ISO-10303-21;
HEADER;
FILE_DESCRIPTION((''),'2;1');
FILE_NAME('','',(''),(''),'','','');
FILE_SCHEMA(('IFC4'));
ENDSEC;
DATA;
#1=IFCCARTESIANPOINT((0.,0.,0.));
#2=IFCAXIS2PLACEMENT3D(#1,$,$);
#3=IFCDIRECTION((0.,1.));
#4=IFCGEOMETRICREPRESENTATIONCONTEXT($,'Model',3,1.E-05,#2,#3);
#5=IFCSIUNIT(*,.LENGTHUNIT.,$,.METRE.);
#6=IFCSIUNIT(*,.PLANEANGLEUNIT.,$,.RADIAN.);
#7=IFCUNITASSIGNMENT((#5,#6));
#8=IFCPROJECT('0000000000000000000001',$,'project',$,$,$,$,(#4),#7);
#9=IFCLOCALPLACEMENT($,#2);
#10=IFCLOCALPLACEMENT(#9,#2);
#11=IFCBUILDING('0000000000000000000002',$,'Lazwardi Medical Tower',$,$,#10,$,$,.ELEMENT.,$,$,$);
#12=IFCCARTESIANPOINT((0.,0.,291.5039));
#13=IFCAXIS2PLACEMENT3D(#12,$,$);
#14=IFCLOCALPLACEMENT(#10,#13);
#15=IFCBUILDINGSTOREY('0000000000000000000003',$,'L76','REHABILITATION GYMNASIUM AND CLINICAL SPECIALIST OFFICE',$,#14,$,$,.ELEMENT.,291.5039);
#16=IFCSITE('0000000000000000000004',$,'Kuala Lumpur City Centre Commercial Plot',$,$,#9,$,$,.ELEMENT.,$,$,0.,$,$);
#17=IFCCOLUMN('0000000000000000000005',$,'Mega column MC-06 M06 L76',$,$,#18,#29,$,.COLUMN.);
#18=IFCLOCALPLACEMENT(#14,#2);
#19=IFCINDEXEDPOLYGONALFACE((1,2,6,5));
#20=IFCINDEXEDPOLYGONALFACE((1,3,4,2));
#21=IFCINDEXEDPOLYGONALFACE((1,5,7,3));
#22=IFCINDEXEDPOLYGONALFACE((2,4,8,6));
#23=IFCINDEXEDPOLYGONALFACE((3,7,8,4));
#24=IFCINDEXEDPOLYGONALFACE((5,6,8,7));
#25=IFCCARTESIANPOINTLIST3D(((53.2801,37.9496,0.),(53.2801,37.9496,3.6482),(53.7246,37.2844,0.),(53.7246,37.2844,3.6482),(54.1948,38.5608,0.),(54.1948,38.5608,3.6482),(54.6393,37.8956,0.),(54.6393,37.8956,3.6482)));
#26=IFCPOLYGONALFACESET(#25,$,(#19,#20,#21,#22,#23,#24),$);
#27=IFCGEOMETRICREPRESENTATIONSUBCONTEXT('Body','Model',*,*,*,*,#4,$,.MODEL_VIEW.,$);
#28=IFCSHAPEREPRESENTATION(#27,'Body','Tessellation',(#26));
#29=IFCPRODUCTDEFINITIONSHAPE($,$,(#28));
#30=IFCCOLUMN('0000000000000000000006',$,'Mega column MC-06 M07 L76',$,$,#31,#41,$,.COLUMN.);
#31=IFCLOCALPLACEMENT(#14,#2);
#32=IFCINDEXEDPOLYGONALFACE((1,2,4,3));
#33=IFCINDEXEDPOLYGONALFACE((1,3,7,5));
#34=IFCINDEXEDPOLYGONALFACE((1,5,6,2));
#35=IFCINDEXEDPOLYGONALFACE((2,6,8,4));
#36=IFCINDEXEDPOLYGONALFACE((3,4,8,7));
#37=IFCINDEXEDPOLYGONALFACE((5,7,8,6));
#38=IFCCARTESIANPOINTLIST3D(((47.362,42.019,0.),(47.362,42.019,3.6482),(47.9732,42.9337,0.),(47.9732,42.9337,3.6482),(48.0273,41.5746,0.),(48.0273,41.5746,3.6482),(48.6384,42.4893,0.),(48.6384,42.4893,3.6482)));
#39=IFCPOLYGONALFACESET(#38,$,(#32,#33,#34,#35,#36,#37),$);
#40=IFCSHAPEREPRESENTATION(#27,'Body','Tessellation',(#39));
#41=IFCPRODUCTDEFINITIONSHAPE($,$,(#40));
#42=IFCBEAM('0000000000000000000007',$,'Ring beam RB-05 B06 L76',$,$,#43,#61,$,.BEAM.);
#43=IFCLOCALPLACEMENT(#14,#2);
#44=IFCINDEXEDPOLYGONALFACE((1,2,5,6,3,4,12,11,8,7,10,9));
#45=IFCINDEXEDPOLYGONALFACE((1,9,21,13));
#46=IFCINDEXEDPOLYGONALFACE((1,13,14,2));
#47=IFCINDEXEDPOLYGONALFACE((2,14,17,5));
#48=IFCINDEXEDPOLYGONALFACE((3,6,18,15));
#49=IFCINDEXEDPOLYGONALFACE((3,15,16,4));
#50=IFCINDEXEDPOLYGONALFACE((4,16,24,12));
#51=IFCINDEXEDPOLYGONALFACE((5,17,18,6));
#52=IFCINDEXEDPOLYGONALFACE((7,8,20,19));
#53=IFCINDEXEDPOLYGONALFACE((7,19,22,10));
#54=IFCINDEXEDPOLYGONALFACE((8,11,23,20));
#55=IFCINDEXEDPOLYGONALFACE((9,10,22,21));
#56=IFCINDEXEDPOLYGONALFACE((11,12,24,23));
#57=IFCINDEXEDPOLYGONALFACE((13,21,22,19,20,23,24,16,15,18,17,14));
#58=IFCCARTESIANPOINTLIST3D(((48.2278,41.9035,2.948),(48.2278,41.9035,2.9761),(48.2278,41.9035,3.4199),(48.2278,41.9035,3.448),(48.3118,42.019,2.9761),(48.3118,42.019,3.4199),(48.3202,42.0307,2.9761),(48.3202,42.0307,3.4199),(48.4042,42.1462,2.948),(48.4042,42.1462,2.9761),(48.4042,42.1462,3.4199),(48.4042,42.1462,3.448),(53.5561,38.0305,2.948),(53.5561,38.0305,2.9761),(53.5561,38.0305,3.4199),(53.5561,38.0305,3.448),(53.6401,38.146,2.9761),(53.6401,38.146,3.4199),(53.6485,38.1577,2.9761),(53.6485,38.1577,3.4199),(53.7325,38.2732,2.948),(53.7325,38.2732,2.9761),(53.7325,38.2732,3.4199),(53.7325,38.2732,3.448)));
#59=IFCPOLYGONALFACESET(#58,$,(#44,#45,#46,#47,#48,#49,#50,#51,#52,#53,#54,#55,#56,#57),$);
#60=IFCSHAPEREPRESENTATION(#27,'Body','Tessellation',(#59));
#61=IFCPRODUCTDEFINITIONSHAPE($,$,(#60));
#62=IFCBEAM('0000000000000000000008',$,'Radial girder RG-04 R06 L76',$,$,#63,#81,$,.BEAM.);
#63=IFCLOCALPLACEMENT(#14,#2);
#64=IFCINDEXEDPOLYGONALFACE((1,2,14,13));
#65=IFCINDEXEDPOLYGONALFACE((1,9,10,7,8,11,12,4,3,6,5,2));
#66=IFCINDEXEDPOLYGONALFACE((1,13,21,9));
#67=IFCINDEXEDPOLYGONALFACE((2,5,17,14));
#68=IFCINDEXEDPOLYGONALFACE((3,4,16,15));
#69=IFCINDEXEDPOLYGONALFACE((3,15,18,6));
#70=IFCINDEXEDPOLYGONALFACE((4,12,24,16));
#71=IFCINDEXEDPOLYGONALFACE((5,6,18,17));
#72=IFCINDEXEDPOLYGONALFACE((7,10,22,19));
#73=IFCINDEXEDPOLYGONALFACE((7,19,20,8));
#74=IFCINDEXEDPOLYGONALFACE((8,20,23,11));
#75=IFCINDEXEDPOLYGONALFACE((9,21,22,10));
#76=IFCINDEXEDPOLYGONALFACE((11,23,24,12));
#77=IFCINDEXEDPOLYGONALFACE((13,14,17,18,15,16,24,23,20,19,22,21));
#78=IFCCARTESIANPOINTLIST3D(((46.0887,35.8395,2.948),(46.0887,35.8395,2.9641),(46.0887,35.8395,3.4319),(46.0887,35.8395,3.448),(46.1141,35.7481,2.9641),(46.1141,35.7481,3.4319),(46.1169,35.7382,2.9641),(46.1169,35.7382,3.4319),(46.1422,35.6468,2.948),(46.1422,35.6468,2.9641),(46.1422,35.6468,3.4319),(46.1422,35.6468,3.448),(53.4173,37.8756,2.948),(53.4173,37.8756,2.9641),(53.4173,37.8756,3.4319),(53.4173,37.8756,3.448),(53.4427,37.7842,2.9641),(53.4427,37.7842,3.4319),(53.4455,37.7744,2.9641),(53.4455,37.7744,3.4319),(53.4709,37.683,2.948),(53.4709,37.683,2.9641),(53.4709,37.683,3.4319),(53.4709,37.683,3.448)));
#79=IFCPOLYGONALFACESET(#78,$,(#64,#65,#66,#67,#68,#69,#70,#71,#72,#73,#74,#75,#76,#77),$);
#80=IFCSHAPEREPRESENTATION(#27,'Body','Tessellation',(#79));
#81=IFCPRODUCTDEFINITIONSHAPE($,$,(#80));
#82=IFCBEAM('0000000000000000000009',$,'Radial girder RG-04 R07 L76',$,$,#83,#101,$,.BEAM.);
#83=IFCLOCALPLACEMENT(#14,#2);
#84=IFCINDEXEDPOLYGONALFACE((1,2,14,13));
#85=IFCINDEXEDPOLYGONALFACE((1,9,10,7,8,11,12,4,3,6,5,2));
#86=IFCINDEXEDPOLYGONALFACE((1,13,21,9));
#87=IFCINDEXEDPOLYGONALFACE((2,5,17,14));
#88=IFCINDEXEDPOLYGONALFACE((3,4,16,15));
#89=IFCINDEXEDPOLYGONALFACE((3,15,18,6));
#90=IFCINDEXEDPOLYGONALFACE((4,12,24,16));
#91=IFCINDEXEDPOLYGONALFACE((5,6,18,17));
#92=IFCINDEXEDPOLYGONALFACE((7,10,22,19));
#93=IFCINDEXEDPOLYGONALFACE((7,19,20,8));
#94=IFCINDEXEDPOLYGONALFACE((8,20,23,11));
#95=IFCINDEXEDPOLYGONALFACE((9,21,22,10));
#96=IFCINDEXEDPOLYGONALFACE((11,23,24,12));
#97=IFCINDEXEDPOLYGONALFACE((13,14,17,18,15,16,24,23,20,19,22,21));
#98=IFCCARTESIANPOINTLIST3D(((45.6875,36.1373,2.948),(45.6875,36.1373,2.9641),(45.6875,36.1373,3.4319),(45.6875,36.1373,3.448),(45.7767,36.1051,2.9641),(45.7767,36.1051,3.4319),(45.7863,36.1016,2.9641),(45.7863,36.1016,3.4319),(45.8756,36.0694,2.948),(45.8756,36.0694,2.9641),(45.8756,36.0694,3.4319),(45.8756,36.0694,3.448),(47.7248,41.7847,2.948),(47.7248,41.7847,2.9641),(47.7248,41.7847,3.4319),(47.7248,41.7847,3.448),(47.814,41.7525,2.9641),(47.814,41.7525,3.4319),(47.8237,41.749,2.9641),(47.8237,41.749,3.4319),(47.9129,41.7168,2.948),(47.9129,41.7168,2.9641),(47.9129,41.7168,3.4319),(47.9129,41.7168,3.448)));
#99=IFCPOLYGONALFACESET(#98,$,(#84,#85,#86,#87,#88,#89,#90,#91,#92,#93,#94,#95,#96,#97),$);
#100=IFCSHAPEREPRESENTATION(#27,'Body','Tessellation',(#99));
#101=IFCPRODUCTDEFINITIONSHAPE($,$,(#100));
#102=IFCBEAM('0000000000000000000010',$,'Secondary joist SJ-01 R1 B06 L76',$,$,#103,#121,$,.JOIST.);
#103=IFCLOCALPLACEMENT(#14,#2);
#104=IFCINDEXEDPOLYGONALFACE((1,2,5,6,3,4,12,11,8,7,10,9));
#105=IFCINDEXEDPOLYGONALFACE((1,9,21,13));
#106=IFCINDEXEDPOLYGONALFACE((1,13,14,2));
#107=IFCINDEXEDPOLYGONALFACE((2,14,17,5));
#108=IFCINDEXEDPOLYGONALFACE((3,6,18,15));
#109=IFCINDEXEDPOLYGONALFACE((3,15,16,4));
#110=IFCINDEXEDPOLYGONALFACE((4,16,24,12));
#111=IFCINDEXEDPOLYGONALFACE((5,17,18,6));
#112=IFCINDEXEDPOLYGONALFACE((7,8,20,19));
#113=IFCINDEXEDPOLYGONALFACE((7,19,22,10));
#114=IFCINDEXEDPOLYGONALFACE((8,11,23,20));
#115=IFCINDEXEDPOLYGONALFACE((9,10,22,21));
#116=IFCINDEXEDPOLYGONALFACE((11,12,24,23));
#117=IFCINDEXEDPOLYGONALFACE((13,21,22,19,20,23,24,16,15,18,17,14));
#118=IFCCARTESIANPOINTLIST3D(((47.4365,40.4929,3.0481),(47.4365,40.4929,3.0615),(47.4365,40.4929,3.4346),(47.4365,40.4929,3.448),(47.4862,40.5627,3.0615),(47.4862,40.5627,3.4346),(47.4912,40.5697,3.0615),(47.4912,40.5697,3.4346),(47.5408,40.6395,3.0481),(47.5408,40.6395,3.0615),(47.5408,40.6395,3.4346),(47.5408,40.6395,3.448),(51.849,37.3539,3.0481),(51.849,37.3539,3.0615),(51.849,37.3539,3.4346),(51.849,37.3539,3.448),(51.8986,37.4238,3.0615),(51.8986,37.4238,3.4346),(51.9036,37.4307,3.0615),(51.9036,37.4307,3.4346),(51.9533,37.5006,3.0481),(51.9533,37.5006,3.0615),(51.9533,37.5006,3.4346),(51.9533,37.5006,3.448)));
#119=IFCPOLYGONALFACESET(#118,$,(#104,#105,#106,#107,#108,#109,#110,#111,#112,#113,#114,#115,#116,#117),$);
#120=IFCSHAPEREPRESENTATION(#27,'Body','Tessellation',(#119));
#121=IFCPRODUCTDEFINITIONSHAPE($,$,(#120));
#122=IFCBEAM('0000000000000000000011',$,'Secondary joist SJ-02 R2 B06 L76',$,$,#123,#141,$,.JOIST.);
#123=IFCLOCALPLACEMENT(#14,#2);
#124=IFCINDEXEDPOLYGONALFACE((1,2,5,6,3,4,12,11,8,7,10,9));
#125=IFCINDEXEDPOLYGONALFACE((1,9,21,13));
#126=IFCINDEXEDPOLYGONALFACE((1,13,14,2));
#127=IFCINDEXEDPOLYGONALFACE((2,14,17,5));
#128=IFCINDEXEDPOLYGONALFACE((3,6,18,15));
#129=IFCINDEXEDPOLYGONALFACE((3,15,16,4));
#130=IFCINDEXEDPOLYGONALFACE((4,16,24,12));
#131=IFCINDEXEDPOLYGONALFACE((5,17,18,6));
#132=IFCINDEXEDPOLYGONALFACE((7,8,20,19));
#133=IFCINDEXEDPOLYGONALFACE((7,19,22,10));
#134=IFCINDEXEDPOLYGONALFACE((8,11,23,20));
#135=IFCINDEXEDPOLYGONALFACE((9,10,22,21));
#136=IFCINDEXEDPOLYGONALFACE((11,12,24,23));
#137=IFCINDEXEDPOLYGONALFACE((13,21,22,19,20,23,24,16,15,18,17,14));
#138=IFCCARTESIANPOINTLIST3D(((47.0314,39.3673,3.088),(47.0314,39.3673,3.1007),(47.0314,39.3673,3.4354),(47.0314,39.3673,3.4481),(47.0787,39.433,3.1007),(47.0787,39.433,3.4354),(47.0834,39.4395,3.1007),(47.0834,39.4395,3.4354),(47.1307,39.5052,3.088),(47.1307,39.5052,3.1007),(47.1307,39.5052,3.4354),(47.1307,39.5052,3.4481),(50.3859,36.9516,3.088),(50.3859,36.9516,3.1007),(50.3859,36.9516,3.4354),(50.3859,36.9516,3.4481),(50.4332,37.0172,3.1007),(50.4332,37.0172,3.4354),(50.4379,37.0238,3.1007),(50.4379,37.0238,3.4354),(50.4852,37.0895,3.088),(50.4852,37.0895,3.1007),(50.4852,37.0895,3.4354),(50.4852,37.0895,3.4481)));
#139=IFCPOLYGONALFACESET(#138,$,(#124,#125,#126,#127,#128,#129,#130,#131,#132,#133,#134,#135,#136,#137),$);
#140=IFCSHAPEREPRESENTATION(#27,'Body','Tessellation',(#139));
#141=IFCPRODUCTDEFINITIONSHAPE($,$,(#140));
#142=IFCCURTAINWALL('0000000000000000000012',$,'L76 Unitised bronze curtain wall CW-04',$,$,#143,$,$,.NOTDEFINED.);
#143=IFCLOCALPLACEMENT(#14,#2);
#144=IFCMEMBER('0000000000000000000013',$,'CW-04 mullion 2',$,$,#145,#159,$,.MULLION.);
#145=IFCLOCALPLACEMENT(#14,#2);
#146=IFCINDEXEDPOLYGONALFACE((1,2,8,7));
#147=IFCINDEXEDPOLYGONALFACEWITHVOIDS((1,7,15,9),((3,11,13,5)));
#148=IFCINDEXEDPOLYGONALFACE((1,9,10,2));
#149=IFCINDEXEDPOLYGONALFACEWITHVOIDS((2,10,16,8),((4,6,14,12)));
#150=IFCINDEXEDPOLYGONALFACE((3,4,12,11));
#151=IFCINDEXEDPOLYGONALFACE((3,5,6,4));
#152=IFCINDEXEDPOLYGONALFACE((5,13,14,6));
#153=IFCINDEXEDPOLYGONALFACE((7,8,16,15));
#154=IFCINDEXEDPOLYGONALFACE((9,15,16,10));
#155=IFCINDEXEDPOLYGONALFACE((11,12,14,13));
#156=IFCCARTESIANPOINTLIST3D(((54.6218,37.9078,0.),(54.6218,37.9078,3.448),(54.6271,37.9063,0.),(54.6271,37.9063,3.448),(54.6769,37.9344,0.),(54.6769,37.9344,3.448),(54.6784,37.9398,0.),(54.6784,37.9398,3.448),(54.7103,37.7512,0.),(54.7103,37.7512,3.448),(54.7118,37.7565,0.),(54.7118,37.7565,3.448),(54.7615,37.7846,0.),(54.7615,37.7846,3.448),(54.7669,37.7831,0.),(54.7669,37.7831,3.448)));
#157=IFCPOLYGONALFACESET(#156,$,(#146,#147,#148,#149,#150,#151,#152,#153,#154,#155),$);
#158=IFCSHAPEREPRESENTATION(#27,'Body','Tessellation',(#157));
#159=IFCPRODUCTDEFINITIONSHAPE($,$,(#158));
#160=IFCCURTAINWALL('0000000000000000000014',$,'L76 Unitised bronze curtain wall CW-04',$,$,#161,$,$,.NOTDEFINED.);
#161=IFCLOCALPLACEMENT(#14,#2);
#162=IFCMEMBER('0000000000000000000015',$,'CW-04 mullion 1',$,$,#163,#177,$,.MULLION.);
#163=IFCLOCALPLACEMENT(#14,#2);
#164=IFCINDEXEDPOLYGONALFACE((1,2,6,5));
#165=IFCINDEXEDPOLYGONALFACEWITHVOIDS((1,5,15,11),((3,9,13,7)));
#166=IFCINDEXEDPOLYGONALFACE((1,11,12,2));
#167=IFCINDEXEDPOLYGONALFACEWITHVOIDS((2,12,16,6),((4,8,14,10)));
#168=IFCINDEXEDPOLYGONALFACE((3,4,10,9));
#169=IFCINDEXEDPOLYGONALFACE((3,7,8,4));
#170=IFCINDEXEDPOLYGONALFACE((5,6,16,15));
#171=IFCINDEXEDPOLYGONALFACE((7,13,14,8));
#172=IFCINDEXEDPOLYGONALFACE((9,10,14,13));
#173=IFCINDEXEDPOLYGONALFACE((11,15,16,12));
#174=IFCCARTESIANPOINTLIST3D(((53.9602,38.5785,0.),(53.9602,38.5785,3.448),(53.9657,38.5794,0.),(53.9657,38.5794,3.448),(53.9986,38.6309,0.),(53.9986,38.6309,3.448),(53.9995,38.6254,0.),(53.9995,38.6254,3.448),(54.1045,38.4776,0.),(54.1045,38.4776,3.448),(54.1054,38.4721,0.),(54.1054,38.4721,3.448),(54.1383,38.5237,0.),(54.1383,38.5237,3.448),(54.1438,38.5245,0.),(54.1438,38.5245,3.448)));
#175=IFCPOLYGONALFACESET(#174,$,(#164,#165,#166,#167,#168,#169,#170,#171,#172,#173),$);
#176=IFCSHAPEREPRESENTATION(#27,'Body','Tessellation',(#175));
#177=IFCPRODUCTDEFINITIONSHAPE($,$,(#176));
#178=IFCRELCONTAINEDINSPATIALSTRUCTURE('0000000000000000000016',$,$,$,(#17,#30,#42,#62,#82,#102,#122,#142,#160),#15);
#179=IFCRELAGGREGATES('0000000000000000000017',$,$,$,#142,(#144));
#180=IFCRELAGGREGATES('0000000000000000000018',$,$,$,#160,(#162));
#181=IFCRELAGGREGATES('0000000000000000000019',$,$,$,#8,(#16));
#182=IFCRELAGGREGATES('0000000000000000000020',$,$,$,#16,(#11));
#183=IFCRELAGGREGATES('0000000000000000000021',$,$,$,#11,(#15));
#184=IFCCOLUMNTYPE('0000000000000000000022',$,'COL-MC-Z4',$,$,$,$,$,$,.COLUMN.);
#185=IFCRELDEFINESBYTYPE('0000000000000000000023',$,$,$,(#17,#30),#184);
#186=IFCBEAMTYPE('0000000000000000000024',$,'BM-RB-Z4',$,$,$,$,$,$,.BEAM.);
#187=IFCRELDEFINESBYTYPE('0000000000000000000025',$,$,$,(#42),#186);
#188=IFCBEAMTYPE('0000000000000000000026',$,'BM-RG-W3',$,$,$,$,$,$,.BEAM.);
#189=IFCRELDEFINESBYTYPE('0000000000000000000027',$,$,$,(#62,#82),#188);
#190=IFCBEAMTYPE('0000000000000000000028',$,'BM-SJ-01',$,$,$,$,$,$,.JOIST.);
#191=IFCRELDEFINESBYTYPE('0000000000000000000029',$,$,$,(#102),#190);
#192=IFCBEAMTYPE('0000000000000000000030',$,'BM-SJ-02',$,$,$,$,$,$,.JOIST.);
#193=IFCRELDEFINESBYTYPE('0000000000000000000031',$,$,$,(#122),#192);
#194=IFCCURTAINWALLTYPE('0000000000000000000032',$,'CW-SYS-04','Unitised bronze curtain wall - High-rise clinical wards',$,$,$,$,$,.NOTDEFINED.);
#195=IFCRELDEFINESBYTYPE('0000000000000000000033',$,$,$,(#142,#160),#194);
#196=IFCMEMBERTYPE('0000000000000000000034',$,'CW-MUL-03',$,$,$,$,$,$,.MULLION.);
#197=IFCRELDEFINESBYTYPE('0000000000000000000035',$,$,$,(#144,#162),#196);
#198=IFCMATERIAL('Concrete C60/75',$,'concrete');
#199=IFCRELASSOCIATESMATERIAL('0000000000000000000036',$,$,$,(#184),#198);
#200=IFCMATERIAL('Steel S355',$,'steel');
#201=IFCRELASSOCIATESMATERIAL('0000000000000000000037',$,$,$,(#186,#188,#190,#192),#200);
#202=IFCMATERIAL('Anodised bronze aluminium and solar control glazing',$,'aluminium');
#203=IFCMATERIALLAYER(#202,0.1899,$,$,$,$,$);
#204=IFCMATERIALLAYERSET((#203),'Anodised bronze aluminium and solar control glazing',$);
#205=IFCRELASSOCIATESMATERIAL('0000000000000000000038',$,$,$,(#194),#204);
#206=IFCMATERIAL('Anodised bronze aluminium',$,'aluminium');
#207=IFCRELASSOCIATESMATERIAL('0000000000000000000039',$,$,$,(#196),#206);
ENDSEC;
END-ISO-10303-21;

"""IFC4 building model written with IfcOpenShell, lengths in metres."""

from ifc_helpers import new_model, si_unit, direction, frame, origin, origin_2d, place, context, subcontext, project, spatial, rectangle, hollow_rectangle, i_section, extrude, material, layer, layer_set, material_profile, profile_set, type_object, element, aggregate, save


model = new_model("IFC4")

# Units and contexts
model_context = context("Model", 3, precision=1e-05, world=origin(), true_north=direction((0.0, 1.0)))
body_context = subcontext(model_context, "Body", "Model", "MODEL_VIEW")
ifc_project = project(units=[si_unit("LENGTHUNIT", "METRE"), si_unit("PLANEANGLEUNIT", "RADIAN")], contexts=[model_context])

# Site, building, storey
site_placement = place(None, origin())
site = spatial("IfcSite", under=ifc_project, at=site_placement, Name="Kuala Lumpur City Centre Commercial Plot", CompositionType="ELEMENT", RefElevation=0.0)
building_placement = place(site_placement, origin())
building = spatial("IfcBuilding", under=site, at=building_placement, Name="Lazwardi Medical Tower", CompositionType="ELEMENT")
storey_placement = place(building_placement, frame((0.0, 0.0, 291.5039)))
storey = spatial("IfcBuildingStorey", under=building, at=storey_placement, Name="L76", Description="REHABILITATION GYMNASIUM AND CLINICAL SPECIALIST OFFICE", CompositionType="ELEMENT", Elevation=291.5039)

# Columns
ifc_material_1 = material(Name="Concrete C60/75", Category="concrete")
ifc_material_profile_1 = material_profile(ifc_material_1, rectangle(XDim=1.1001, YDim=0.8, at=origin_2d()), Name="CFT-RECT 1100x800")
ifc_profile_set_1 = profile_set([ifc_material_profile_1], Name="Concrete C60/75")
column_type = type_object("IfcColumnType", Name="COL-MC-Z4", PredefinedType="COLUMN", material=ifc_profile_set_1)
for number, where, z_axis, x_axis, name in (
    (1, (53.9597, 37.9226, 0.0), (0.0, 0.0, 1.0), (0.83147, 0.55557, 0.0), "Mega column MC-06 M06 L76"),
    (2, (48.0002, 42.2542, 0.0), (0.0, 0.0, 1.0), (0.55557, 0.83147, 0.0), "Mega column MC-06 M07 L76"),
):
    element("IfcColumn", number, at=place(storey_placement, frame(where, z_axis=z_axis, x_axis=x_axis)), inside=storey, type_object=column_type, Name=name, PredefinedType="COLUMN", context=body_context, shape_type="SweptSolid", body=[
        extrude(rectangle(XDim=1.1001, YDim=0.8, at=origin_2d()), origin(), (0.0, 0.0, 1.0), 3.6482),
    ])

# Beams
ifc_material_2 = material(Name="Steel S355", Category="steel")
ifc_material_profile_2 = material_profile(ifc_material_2, i_section(OverallWidth=0.3, OverallDepth=0.5, WebThickness=0.0144, FlangeThickness=0.0281, at=origin_2d()), Name="HEB 500")
ifc_profile_set_2 = profile_set([ifc_material_profile_2], Name="Steel S355")
beam_type_1 = type_object("IfcBeamType", Name="BM-RB-Z4", PredefinedType="BEAM", material=ifc_profile_set_2)
beam_1_placement = place(storey_placement, frame((53.6443, 38.1519, 3.198), z_axis=(-0.80889, 0.58796, 0.0), x_axis=(-0.58796, -0.80889, 0.0)))
element("IfcBeam", 3, at=beam_1_placement, inside=storey, type_object=beam_type_1, Name="Ring beam RB-05 B06 L76", PredefinedType="BEAM", context=body_context, shape_type="SweptSolid", body=[
    extrude(i_section(OverallWidth=0.3, OverallDepth=0.5, WebThickness=0.0144, FlangeThickness=0.0281, at=origin_2d()), origin(), (0.0, 0.0, 1.0), 6.5872),
])
ifc_material_profile_3 = material_profile(ifc_material_2, i_section(OverallWidth=0.2, OverallDepth=0.5, WebThickness=0.0103, FlangeThickness=0.0161, at=origin_2d()), Name="IPE 500")
ifc_profile_set_3 = profile_set([ifc_material_profile_3], Name="Steel S355")
beam_type_2 = type_object("IfcBeamType", Name="BM-RG-W3", PredefinedType="BEAM", material=ifc_profile_set_3)
beam_2_placement = place(storey_placement, frame((53.4441, 37.7793, 3.198), z_axis=(-0.963504, -0.267694, 0.0), x_axis=(0.267694, -0.963504, 0.0)))
element("IfcBeam", 4, at=beam_2_placement, inside=storey, type_object=beam_type_2, Name="Radial girder RG-04 R06 L76", PredefinedType="BEAM", context=body_context, shape_type="SweptSolid", body=[
    extrude(i_section(OverallWidth=0.2, OverallDepth=0.5, WebThickness=0.0103, FlangeThickness=0.0161, at=origin_2d()), origin(), (0.0, 0.0, 1.0), 7.6062),
])
beam_3_placement = place(storey_placement, frame((47.8188, 41.7507, 3.198), z_axis=(-0.339349, -0.940661, 0.0), x_axis=(0.940661, -0.339349, 0.0)))
element("IfcBeam", 5, at=beam_3_placement, inside=storey, type_object=beam_type_2, Name="Radial girder RG-04 R07 L76", PredefinedType="BEAM", context=body_context, shape_type="SweptSolid", body=[
    extrude(i_section(OverallWidth=0.2, OverallDepth=0.5, WebThickness=0.0103, FlangeThickness=0.0161, at=origin_2d()), origin(), (0.0, 0.0, 1.0), 6.0037),
])
ifc_material_profile_4 = material_profile(ifc_material_2, i_section(OverallWidth=0.1799, OverallDepth=0.3999, WebThickness=0.0085, FlangeThickness=0.0134, at=origin_2d()), Name="IPE 400")
ifc_profile_set_4 = profile_set([ifc_material_profile_4], Name="Steel S355")
beam_type_3 = type_object("IfcBeamType", Name="BM-SJ-01", PredefinedType="JOIST", material=ifc_profile_set_4)
beam_4_placement = place(storey_placement, frame((51.9011, 37.4272, 3.248), z_axis=(-0.814847, 0.579676, 0.0), x_axis=(-0.579676, -0.814847, 0.0)))
element("IfcBeam", 6, at=beam_4_placement, inside=storey, type_object=beam_type_3, Name="Secondary joist SJ-01 R1 B06 L76", PredefinedType="JOIST", context=body_context, shape_type="SweptSolid", body=[
    extrude(i_section(OverallWidth=0.1799, OverallDepth=0.3999, WebThickness=0.0085, FlangeThickness=0.0134, at=origin_2d()), origin(), (0.0, 0.0, 1.0), 5.415),
])
ifc_material_profile_5 = material_profile(ifc_material_2, i_section(OverallWidth=0.1699, OverallDepth=0.3601, WebThickness=0.0081, FlangeThickness=0.0127, at=origin_2d()), Name="IPE 360")
ifc_profile_set_5 = profile_set([ifc_material_profile_5], Name="Steel S355")
beam_type_4 = type_object("IfcBeamType", Name="BM-SJ-02", PredefinedType="JOIST", material=ifc_profile_set_5)
beam_5_placement = place(storey_placement, frame((50.4355, 37.0205, 3.2681), z_axis=(-0.811473, 0.58439, 0.0), x_axis=(-0.58439, -0.811473, 0.0)))
element("IfcBeam", 7, at=beam_5_placement, inside=storey, type_object=beam_type_4, Name="Secondary joist SJ-02 R2 B06 L76", PredefinedType="JOIST", context=body_context, shape_type="SweptSolid", body=[
    extrude(i_section(OverallWidth=0.1699, OverallDepth=0.3601, WebThickness=0.0081, FlangeThickness=0.0127, at=origin_2d()), origin(), (0.0, 0.0, 1.0), 4.1338),
])

# Curtain wall, member
ifc_material_3 = material(Name="Anodised bronze aluminium and solar control glazing", Category="aluminium")
ifc_layer_1 = layer(ifc_material_3, 0.1899)
ifc_layer_set_1 = layer_set([ifc_layer_1], Name="Anodised bronze aluminium and solar control glazing")
curtain_wall_type = type_object("IfcCurtainWallType", Name="CW-SYS-04", Description="Unitised bronze curtain wall - High-rise clinical wards", PredefinedType="NOTDEFINED", material=ifc_layer_set_1)
curtain_wall_1_placement = place(storey_placement, origin())
curtain_wall_1 = element("IfcCurtainWall", 8, at=curtain_wall_1_placement, inside=storey, type_object=curtain_wall_type, Name="L76 Unitised bronze curtain wall CW-04", PredefinedType="NOTDEFINED")
ifc_material_4 = material(Name="Anodised bronze aluminium", Category="aluminium")
ifc_material_profile_6 = material_profile(ifc_material_4, hollow_rectangle(XDim=0.0649, YDim=0.1799, WallThickness=0.0039, at=origin_2d()), Name="ALU-MULLION 180x65x4")
ifc_profile_set_6 = profile_set([ifc_material_profile_6], Name="Anodised bronze aluminium")
member_type_1 = type_object("IfcMemberType", Name="CW-MUL-03", PredefinedType="MULLION", material=ifc_profile_set_6)
member_1_placement = place(storey_placement, frame((54.6943, 37.8455, 0.0), z_axis=(0.0, 0.0, 1.0), x_axis=(-0.870651, -0.4919, 0.0)))
member_1 = element("IfcMember", 9, at=member_1_placement, type_object=member_type_1, Name="CW-04 mullion 2", PredefinedType="MULLION", context=body_context, shape_type="SweptSolid", body=[
    extrude(hollow_rectangle(XDim=0.0649, YDim=0.1799, WallThickness=0.0039, at=origin_2d()), origin(), (0.0, 0.0, 1.0), 3.448),
])
aggregate(curtain_wall_1, [member_1])

# Curtain wall, member
curtain_wall_2_placement = place(storey_placement, origin())
curtain_wall_2 = element("IfcCurtainWall", 10, at=curtain_wall_2_placement, inside=storey, type_object=curtain_wall_type, Name="L76 Unitised bronze curtain wall CW-04", PredefinedType="NOTDEFINED")
member_2_placement = place(storey_placement, frame((54.052, 38.5515, 0.0), z_axis=(0.0, 0.0, 1.0), x_axis=(-0.591268, -0.806475, 0.0)))
member_2 = element("IfcMember", 11, at=member_2_placement, type_object=member_type_1, Name="CW-04 mullion 1", PredefinedType="MULLION", context=body_context, shape_type="SweptSolid", body=[
    extrude(hollow_rectangle(XDim=0.0649, YDim=0.1799, WallThickness=0.0039, at=origin_2d()), origin(), (0.0, 0.0, 1.0), 3.448),
])
aggregate(curtain_wall_2, [member_2])

save(model, "model.ifc")
